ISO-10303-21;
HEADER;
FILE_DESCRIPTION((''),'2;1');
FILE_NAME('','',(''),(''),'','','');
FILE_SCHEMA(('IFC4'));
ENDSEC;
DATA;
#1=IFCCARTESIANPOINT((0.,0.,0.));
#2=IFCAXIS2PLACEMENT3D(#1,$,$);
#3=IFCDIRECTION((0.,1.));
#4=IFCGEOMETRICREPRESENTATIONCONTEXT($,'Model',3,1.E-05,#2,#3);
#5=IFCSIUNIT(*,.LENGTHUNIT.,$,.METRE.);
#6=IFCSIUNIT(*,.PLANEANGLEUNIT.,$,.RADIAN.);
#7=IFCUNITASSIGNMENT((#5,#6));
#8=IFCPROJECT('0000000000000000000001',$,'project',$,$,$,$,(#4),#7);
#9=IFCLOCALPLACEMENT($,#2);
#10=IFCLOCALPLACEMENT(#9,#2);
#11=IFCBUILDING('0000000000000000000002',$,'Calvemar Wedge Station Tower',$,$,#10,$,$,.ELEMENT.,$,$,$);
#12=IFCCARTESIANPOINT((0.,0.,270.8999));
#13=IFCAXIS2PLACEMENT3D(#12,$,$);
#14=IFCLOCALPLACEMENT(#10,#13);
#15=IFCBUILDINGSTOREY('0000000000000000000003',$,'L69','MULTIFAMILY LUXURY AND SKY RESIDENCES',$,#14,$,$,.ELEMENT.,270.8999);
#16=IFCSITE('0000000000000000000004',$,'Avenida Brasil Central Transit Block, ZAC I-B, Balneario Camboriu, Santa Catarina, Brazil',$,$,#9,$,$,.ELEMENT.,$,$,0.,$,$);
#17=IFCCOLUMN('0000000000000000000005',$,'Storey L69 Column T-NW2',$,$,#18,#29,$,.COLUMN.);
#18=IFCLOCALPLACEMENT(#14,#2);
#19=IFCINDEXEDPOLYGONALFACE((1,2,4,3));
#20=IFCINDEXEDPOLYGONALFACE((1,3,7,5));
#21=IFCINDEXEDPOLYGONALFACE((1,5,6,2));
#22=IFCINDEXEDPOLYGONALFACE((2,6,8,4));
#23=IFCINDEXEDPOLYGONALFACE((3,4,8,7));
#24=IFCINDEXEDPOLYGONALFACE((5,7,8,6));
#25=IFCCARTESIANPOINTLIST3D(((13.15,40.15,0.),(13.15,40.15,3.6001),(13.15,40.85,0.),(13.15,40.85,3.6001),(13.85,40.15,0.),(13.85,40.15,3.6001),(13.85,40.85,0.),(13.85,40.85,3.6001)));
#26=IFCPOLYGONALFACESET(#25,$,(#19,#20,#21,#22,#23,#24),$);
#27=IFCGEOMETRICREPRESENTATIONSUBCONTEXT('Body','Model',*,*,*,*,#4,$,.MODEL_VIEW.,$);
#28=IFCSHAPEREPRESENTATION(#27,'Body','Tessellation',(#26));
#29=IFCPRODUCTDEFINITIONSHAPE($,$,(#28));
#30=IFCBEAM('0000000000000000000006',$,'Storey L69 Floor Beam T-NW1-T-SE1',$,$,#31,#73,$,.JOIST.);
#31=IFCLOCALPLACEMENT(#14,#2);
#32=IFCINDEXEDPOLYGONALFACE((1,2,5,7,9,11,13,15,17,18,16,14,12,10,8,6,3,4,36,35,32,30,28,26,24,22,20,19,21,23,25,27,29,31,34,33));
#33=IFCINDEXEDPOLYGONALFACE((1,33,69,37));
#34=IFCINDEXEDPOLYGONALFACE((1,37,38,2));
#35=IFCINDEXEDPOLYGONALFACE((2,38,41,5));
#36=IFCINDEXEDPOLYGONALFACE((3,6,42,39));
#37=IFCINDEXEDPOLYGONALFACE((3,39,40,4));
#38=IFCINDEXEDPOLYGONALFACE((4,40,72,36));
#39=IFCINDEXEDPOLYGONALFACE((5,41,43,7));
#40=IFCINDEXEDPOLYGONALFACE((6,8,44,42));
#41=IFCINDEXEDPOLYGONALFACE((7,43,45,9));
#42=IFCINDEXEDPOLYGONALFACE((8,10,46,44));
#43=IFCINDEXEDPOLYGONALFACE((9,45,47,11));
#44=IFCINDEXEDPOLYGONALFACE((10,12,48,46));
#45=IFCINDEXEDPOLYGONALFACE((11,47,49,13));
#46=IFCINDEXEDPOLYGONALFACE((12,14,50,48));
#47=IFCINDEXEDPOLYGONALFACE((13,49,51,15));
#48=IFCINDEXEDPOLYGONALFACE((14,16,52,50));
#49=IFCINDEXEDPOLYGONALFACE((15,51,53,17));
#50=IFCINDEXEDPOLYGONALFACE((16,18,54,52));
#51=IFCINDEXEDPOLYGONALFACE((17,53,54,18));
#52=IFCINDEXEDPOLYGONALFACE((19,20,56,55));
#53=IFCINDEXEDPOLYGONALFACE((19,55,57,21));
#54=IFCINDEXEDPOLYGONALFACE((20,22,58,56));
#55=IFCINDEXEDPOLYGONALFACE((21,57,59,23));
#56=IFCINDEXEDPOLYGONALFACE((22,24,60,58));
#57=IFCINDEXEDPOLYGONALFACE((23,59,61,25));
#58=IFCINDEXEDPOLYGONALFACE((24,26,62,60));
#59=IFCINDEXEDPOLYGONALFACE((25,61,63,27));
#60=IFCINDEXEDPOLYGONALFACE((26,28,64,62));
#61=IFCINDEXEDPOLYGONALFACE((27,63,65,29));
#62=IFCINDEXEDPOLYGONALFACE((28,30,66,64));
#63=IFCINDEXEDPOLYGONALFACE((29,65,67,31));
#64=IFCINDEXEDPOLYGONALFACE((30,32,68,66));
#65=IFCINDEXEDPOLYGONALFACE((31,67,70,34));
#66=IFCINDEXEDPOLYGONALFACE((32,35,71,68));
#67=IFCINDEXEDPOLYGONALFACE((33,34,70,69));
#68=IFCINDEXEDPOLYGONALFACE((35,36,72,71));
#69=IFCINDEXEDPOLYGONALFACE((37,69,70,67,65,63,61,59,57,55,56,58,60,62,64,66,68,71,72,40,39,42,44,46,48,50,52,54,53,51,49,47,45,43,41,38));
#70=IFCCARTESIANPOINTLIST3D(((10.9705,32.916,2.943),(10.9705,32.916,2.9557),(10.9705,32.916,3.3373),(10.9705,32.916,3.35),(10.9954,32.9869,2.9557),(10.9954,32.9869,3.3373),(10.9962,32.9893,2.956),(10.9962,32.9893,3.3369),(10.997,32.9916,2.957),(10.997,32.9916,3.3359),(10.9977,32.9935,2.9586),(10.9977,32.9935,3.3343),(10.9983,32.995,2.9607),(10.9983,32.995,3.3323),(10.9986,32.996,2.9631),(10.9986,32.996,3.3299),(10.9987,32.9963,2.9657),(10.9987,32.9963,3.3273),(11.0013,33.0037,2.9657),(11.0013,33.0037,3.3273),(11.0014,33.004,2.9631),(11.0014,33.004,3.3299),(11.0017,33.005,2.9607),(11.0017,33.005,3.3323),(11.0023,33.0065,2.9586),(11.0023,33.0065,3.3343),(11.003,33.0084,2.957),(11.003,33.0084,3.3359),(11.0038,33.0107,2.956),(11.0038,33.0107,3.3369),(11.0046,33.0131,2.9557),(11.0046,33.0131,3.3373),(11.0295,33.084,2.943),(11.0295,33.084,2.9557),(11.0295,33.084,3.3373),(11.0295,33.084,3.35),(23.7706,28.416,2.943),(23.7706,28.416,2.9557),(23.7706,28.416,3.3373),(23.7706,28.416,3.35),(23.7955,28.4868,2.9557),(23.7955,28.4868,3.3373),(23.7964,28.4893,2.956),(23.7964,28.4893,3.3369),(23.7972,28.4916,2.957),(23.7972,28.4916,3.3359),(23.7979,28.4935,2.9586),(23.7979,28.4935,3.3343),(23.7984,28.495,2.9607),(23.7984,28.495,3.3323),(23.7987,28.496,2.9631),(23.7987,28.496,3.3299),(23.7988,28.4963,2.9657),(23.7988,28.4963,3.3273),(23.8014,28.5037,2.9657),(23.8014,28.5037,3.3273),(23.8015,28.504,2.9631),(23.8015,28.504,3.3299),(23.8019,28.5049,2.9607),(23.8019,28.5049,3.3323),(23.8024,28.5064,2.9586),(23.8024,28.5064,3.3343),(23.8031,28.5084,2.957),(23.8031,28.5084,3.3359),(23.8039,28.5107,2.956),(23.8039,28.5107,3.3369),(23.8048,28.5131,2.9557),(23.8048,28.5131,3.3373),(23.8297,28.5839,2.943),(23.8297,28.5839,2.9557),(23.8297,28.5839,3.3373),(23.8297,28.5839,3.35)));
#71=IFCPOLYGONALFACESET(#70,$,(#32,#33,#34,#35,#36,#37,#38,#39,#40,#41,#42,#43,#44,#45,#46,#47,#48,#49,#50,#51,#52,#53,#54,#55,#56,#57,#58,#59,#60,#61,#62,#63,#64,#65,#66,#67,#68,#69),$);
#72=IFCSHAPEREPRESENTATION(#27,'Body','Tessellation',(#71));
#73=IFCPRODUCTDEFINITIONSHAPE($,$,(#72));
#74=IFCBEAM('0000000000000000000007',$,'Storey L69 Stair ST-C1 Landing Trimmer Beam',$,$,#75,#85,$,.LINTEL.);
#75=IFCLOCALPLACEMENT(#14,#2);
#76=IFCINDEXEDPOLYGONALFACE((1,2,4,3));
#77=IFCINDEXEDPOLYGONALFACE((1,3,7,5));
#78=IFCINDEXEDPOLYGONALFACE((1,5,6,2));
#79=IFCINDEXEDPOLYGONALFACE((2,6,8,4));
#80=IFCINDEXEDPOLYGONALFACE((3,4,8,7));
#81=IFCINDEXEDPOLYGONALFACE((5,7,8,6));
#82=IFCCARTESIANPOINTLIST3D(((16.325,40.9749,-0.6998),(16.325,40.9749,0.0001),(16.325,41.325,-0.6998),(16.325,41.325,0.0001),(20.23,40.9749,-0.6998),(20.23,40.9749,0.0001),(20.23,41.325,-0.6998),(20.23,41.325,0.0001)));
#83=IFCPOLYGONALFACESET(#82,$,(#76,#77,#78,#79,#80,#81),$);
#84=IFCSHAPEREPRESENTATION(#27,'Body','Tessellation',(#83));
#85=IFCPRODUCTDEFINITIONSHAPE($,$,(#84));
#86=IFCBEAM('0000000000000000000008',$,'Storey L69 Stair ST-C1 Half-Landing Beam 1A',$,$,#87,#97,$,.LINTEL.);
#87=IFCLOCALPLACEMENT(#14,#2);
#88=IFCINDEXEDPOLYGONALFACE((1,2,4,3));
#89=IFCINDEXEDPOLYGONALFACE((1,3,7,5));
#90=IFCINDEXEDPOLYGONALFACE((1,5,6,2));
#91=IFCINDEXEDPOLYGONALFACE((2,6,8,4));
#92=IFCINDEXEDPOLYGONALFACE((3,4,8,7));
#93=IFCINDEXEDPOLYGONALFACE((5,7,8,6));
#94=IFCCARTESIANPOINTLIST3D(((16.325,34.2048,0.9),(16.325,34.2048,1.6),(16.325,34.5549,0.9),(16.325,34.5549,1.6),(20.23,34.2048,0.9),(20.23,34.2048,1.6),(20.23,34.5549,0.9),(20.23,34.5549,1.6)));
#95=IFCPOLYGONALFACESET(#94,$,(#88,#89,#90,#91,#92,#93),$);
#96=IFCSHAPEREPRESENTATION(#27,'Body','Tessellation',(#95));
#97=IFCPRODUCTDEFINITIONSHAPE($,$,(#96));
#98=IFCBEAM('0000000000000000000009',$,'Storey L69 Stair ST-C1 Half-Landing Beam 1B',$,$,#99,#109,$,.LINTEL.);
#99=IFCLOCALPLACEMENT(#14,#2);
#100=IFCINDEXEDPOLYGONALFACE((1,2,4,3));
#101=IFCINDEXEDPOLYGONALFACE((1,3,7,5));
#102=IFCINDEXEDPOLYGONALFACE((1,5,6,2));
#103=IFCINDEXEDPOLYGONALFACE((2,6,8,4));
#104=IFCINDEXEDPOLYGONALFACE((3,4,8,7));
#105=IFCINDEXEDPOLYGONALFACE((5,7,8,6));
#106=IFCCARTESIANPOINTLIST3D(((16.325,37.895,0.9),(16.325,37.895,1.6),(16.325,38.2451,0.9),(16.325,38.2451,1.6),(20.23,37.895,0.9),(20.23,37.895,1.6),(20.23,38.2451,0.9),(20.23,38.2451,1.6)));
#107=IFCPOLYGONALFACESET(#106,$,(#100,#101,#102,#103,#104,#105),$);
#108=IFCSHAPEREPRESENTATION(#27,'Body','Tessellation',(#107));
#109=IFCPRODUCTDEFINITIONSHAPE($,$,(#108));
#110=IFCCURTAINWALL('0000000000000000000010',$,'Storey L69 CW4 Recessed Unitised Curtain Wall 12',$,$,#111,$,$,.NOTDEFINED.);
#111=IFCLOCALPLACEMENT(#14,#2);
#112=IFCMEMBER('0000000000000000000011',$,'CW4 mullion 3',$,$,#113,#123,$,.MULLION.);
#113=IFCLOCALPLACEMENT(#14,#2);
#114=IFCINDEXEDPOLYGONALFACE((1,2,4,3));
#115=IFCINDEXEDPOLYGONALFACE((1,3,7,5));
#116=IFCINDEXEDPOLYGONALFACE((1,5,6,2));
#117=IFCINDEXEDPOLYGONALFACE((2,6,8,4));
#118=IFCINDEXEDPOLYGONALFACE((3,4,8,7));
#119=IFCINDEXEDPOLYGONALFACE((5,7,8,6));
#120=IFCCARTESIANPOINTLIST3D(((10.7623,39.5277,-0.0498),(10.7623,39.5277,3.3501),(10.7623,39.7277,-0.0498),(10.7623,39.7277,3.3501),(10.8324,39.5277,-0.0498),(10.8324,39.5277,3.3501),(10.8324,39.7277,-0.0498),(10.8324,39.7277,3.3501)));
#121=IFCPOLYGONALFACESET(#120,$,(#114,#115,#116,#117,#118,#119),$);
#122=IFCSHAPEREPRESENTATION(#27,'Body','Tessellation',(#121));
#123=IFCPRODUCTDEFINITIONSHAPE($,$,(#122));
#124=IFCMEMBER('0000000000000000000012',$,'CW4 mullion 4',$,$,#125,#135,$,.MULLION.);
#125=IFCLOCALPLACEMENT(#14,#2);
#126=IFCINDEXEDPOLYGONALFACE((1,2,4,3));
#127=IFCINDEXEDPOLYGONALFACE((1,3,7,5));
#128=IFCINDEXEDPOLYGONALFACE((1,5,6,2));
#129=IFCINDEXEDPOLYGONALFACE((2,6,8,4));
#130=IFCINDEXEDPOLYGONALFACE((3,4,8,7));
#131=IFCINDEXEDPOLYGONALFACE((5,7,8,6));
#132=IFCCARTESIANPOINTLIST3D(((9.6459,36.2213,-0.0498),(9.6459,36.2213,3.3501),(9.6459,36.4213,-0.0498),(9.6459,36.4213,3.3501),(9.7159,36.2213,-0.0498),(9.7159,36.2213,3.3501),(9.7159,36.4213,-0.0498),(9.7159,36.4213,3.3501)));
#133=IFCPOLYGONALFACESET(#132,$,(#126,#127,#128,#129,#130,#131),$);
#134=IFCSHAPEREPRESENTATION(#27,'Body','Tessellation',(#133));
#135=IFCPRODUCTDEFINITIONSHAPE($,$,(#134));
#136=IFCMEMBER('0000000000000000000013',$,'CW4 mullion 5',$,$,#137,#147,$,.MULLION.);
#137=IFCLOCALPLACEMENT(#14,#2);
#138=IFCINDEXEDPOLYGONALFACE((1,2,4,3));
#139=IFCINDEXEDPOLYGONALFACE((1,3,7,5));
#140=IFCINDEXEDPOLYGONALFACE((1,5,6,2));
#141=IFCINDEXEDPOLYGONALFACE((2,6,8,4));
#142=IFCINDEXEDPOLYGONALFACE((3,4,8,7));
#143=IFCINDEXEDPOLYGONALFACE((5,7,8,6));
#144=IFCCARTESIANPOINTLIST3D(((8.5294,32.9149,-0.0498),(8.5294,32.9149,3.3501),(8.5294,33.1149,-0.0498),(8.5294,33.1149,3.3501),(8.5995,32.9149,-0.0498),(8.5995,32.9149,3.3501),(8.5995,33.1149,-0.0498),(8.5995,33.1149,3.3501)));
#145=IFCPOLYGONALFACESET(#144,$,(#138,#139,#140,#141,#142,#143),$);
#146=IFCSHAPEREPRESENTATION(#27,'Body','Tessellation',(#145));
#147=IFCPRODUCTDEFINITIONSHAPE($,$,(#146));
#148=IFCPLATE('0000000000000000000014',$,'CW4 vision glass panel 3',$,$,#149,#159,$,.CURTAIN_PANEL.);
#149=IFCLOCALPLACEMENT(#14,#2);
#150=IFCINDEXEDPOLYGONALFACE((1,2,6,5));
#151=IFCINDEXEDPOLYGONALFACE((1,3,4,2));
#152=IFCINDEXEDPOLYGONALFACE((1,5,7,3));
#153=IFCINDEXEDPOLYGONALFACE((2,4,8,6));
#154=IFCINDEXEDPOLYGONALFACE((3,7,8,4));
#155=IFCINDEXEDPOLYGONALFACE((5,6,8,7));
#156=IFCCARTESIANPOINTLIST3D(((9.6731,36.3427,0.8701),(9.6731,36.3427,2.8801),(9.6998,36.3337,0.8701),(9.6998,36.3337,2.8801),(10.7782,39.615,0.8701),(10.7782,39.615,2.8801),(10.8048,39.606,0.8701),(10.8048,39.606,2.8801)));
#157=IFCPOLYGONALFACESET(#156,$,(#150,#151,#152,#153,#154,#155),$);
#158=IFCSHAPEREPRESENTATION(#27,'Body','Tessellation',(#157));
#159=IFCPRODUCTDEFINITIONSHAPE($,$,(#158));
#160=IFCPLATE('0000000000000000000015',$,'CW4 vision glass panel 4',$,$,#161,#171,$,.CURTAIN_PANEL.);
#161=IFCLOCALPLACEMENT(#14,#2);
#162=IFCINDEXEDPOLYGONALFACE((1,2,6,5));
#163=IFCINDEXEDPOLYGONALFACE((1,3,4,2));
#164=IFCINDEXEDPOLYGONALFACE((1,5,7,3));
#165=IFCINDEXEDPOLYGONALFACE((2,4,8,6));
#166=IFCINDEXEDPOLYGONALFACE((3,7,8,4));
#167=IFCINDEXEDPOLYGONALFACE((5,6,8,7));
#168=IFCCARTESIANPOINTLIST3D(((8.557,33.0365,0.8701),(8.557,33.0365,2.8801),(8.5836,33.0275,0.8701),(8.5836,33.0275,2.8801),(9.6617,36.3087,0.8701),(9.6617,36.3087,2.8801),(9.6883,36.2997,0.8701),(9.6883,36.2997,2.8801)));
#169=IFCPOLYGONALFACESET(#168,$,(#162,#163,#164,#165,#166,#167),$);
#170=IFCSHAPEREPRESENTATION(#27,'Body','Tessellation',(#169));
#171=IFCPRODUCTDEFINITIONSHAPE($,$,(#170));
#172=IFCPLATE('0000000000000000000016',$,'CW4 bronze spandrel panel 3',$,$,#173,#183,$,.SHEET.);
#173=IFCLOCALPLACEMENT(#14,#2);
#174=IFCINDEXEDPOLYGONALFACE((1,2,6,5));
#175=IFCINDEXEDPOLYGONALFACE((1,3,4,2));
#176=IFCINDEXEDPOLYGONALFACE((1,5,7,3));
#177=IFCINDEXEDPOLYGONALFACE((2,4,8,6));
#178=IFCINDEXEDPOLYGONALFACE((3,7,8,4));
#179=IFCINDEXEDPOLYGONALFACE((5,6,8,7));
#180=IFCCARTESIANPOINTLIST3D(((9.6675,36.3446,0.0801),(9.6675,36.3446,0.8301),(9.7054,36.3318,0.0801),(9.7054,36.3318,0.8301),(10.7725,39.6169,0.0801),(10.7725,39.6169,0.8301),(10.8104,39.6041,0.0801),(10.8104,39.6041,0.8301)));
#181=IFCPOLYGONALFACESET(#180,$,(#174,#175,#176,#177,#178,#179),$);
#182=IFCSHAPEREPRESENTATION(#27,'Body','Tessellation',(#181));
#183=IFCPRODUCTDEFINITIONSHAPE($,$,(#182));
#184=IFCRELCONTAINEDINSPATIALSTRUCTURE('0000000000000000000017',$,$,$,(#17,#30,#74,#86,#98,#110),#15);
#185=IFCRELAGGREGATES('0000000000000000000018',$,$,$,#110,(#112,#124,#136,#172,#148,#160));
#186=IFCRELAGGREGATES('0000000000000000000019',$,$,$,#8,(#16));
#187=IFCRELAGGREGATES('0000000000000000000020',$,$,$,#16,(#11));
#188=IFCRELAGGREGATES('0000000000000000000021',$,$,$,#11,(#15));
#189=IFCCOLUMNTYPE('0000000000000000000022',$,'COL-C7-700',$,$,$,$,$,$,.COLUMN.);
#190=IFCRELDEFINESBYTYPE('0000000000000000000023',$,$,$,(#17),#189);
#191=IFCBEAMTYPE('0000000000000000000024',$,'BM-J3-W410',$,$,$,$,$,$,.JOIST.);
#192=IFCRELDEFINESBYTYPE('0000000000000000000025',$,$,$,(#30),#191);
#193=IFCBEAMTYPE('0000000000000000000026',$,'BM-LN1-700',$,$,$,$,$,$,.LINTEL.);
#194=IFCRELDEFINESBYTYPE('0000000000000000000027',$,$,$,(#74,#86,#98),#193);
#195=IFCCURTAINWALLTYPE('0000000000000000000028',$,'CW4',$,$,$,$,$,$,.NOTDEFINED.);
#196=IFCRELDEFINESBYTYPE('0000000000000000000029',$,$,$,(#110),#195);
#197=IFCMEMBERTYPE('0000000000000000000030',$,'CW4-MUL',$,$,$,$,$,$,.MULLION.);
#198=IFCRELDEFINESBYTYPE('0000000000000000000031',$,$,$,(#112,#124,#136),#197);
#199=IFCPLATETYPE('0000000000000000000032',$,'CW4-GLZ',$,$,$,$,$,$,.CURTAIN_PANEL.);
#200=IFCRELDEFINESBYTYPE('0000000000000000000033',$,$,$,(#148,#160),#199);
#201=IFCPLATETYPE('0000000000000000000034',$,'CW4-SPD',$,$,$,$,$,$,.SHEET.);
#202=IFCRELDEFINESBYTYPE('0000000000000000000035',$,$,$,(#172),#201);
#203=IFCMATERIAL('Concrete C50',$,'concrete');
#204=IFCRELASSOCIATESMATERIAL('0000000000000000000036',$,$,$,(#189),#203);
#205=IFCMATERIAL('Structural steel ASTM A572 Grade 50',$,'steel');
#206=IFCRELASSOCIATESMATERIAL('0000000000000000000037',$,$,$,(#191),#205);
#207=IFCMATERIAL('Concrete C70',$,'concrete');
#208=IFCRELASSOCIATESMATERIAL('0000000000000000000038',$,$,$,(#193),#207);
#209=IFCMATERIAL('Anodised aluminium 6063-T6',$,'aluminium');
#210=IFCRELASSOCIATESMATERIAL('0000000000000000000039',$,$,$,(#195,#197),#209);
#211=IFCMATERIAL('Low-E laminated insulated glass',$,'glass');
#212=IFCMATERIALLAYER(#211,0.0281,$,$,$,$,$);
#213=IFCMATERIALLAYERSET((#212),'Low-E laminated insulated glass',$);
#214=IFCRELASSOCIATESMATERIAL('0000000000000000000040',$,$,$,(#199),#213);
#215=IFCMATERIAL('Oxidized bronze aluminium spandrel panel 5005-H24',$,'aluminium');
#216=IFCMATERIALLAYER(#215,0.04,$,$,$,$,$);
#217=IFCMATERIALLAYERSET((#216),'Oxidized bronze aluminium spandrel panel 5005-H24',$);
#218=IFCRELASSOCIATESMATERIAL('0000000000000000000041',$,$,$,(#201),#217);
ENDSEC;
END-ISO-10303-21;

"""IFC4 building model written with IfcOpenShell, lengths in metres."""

from ifc_helpers import new_model, si_unit, direction, frame, frame_2d, origin, origin_2d, place, context, subcontext, project, spatial, rectangle, i_section, extrude, source, transform, mapped, material, layer, layer_set, material_profile, profile_set, type_object, element, aggregate, save


model = new_model("IFC4")

# Units and contexts
model_context = context("Model", 3, precision=1e-05, world=origin(), true_north=direction((0.0, 1.0)))
body_context = subcontext(model_context, "Body", "Model", "MODEL_VIEW")
ifc_project = project(units=[si_unit("LENGTHUNIT", "METRE"), si_unit("PLANEANGLEUNIT", "RADIAN")], contexts=[model_context])

# Site, building, storey
site_placement = place(None, origin())
site = spatial("IfcSite", under=ifc_project, at=site_placement, Name="Avenida Brasil Central Transit Block, ZAC I-B, Balneario Camboriu, Santa Catarina, Brazil", CompositionType="ELEMENT", RefElevation=0.0)
building_placement = place(site_placement, origin())
building = spatial("IfcBuilding", under=site, at=building_placement, Name="Calvemar Wedge Station Tower", CompositionType="ELEMENT")
storey_placement = place(building_placement, frame((0.0, 0.0, 270.8999)))
storey = spatial("IfcBuildingStorey", under=building, at=storey_placement, Name="L69", Description="MULTIFAMILY LUXURY AND SKY RESIDENCES", CompositionType="ELEMENT", Elevation=270.8999)

# Column
ifc_material_1 = material(Name="Concrete C50", Category="concrete")
ifc_material_profile_1 = material_profile(ifc_material_1, rectangle(XDim=0.7, YDim=0.7, at=origin_2d()), Name="RC700x700")
ifc_profile_set_1 = profile_set([ifc_material_profile_1], Name="Concrete C50")
column_type = type_object("IfcColumnType", Name="COL-C7-700", PredefinedType="COLUMN", material=ifc_profile_set_1)
shared_shape_1 = source(origin(), body_context, "Body", "SweptSolid", [
    extrude(rectangle(XDim=0.7, YDim=0.7, at=origin_2d()), origin(), (0.0, 0.0, 1.0), 3.6001),
])
column_placement = place(storey_placement, frame((13.5, 40.5, 0.0), z_axis=(0.0, 0.0, 1.0), x_axis=(1.0, 0.0, 0.0)))
element("IfcColumn", 1, at=column_placement, inside=storey, type_object=column_type, Name="Storey L69 Column T-NW2", PredefinedType="COLUMN", context=body_context, shape_type="MappedRepresentation", body=[
    mapped(shared_shape_1, transform((0.0, 0.0, 0.0), scale=1.0)),
])

# Beams
ifc_material_2 = material(Name="Structural steel ASTM A572 Grade 50", Category="steel")
ifc_material_profile_2 = material_profile(ifc_material_2, i_section(OverallWidth=0.178, OverallDepth=0.407, WebThickness=0.0078, FlangeThickness=0.0127, FilletRadius=0.01, at=origin_2d()), Name="W410x60")
ifc_profile_set_2 = profile_set([ifc_material_profile_2], Name="Structural steel ASTM A572 Grade 50")
beam_type_1 = type_object("IfcBeamType", Name="BM-J3-W410", PredefinedType="JOIST", material=ifc_profile_set_2)
shared_shape_2 = source(origin(), body_context, "Body", "SweptSolid", [
    extrude(i_section(OverallWidth=0.178, OverallDepth=0.407, WebThickness=0.0078, FlangeThickness=0.0127, FilletRadius=0.01, at=origin_2d()), origin(), (0.0, 0.0, 1.0), 13.5681),
])
beam_placement = place(storey_placement, frame((11.0, 33.0, 3.1465), z_axis=(0.943398, -0.331662, 0.0), x_axis=(0.331662, 0.943398, 0.0)))
element("IfcBeam", 2, at=beam_placement, inside=storey, type_object=beam_type_1, Name="Storey L69 Floor Beam T-NW1-T-SE1", PredefinedType="JOIST", context=body_context, shape_type="MappedRepresentation", body=[
    mapped(shared_shape_2, transform((0.0, 0.0, 0.0), scale=1.0)),
])
ifc_material_3 = material(Name="Concrete C70", Category="concrete")
ifc_material_profile_3 = material_profile(ifc_material_3, rectangle(XDim=0.3501, YDim=0.7, at=origin_2d()), Name="RC350x700")
ifc_profile_set_3 = profile_set([ifc_material_profile_3], Name="Concrete C70")
beam_type_2 = type_object("IfcBeamType", Name="BM-LN1-700", PredefinedType="LINTEL", material=ifc_profile_set_3)
shared_shape_3 = source(origin(), body_context, "Body", "SweptSolid", [
    extrude(rectangle(XDim=0.3501, YDim=0.7, at=origin_2d()), origin(), (0.0, 0.0, 1.0), 3.905),
])
for number, where, z_axis, x_axis, name in (
    (3, (16.325, 41.1499, -0.3499), (1.0, 0.0, 0.0), (0.0, 1.0, 0.0), "Storey L69 Stair ST-C1 Landing Trimmer Beam"),
    (4, (16.325, 34.3799, 1.25), (1.0, 0.0, 0.0), (0.0, 1.0, 0.0), "Storey L69 Stair ST-C1 Half-Landing Beam 1A"),
    (5, (16.325, 38.0701, 1.25), (1.0, 0.0, 0.0), (0.0, 1.0, 0.0), "Storey L69 Stair ST-C1 Half-Landing Beam 1B"),
):
    element("IfcBeam", number, at=place(storey_placement, frame(where, z_axis=z_axis, x_axis=x_axis)), inside=storey, type_object=beam_type_2, Name=name, PredefinedType="LINTEL", context=body_context, shape_type="MappedRepresentation", body=[
        mapped(shared_shape_3, transform((0.0, 0.0, 0.0), scale=1.0)),
    ])

# Curtain wall, members, plates
ifc_material_4 = material(Name="Anodised aluminium 6063-T6", Category="aluminium")
curtain_wall_type = type_object("IfcCurtainWallType", Name="CW4", PredefinedType="NOTDEFINED", material=ifc_material_4)
curtain_wall_placement = place(storey_placement, origin())
curtain_wall = element("IfcCurtainWall", 6, at=curtain_wall_placement, inside=storey, type_object=curtain_wall_type, Name="Storey L69 CW4 Recessed Unitised Curtain Wall 12", PredefinedType="NOTDEFINED")
ifc_material_profile_4 = material_profile(ifc_material_4, rectangle(XDim=0.0701, YDim=0.2, at=origin_2d()), Name="AL-MUL-70x200")
ifc_profile_set_4 = profile_set([ifc_material_profile_4], Name="Anodised aluminium 6063-T6")
member_type = type_object("IfcMemberType", Name="CW4-MUL", PredefinedType="MULLION", material=ifc_profile_set_4)
shared_shape_4 = source(origin(), body_context, "Body", "SweptSolid", [
    extrude(rectangle(XDim=0.0701, YDim=0.2, at=origin_2d()), origin(), (0.0, 0.0, 1.0), 3.3999),
])
member_1_placement = place(storey_placement, frame((10.7974, 39.6277, -0.0498), z_axis=(0.0, 0.0, 1.0), x_axis=(1.0, 0.0, 0.0)))
member_1 = element("IfcMember", 7, at=member_1_placement, type_object=member_type, Name="CW4 mullion 3", PredefinedType="MULLION", context=body_context, shape_type="MappedRepresentation", body=[
    mapped(shared_shape_4, transform((0.0, 0.0, 0.0), scale=1.0)),
])
member_2_placement = place(storey_placement, frame((9.6809, 36.3213, -0.0498), z_axis=(0.0, 0.0, 1.0), x_axis=(1.0, 0.0, 0.0)))
member_2 = element("IfcMember", 8, at=member_2_placement, type_object=member_type, Name="CW4 mullion 4", PredefinedType="MULLION", context=body_context, shape_type="MappedRepresentation", body=[
    mapped(shared_shape_4, transform((0.0, 0.0, 0.0), scale=1.0)),
])
member_3_placement = place(storey_placement, frame((8.5645, 33.0149, -0.0498), z_axis=(0.0, 0.0, 1.0), x_axis=(1.0, 0.0, 0.0)))
member_3 = element("IfcMember", 9, at=member_3_placement, type_object=member_type, Name="CW4 mullion 5", PredefinedType="MULLION", context=body_context, shape_type="MappedRepresentation", body=[
    mapped(shared_shape_4, transform((0.0, 0.0, 0.0), scale=1.0)),
])
ifc_material_5 = material(Name="Low-E laminated insulated glass", Category="glass")
ifc_layer_1 = layer(ifc_material_5, 0.0281)
ifc_layer_set_1 = layer_set([ifc_layer_1], Name="Low-E laminated insulated glass")
plate_type_1 = type_object("IfcPlateType", Name="CW4-GLZ", PredefinedType="CURTAIN_PANEL", material=ifc_layer_set_1)
plate_1_placement = place(storey_placement, frame((10.7915, 39.6106, 0.8701), z_axis=(0.0, 0.0, 1.0), x_axis=(-0.319936, -0.947439, 0.0)))
plate_1 = element("IfcPlate", 10, at=plate_1_placement, type_object=plate_type_1, Name="CW4 vision glass panel 3", PredefinedType="CURTAIN_PANEL", context=body_context, shape_type="SweptSolid", body=[
    extrude(rectangle(XDim=3.4539, YDim=0.0281, at=frame_2d((1.7271, 0.0))), origin(), (0.0, 0.0, 1.0), 2.01),
])
plate_2_placement = place(storey_placement, frame((9.675, 36.3042, 0.8701), z_axis=(0.0, 0.0, 1.0), x_axis=(-0.319873, -0.94746, 0.0)))
plate_2 = element("IfcPlate", 11, at=plate_2_placement, type_object=plate_type_1, Name="CW4 vision glass panel 4", PredefinedType="CURTAIN_PANEL", context=body_context, shape_type="SweptSolid", body=[
    extrude(rectangle(XDim=3.4536, YDim=0.0281, at=frame_2d((1.7268, 0.0))), origin(), (0.0, 0.0, 1.0), 2.01),
])
ifc_material_6 = material(Name="Oxidized bronze aluminium spandrel panel 5005-H24", Category="aluminium")
ifc_layer_2 = layer(ifc_material_6, 0.04)
ifc_layer_set_2 = layer_set([ifc_layer_2], Name="Oxidized bronze aluminium spandrel panel 5005-H24")
plate_type_2 = type_object("IfcPlateType", Name="CW4-SPD", PredefinedType="SHEET", material=ifc_layer_set_2)
plate_3_placement = place(storey_placement, frame((10.7915, 39.6106, 0.0801), z_axis=(0.0, 0.0, 1.0), x_axis=(-0.319936, -0.947439, 0.0)))
plate_3 = element("IfcPlate", 12, at=plate_3_placement, type_object=plate_type_2, Name="CW4 bronze spandrel panel 3", PredefinedType="SHEET", context=body_context, shape_type="SweptSolid", body=[
    extrude(rectangle(XDim=3.4539, YDim=0.04, at=frame_2d((1.7271, 0.0))), origin(), (0.0, 0.0, 1.0), 0.75),
])
aggregate(curtain_wall, [member_1, member_2, member_3, plate_3, plate_1, plate_2])

save(model, "model.ifc")
